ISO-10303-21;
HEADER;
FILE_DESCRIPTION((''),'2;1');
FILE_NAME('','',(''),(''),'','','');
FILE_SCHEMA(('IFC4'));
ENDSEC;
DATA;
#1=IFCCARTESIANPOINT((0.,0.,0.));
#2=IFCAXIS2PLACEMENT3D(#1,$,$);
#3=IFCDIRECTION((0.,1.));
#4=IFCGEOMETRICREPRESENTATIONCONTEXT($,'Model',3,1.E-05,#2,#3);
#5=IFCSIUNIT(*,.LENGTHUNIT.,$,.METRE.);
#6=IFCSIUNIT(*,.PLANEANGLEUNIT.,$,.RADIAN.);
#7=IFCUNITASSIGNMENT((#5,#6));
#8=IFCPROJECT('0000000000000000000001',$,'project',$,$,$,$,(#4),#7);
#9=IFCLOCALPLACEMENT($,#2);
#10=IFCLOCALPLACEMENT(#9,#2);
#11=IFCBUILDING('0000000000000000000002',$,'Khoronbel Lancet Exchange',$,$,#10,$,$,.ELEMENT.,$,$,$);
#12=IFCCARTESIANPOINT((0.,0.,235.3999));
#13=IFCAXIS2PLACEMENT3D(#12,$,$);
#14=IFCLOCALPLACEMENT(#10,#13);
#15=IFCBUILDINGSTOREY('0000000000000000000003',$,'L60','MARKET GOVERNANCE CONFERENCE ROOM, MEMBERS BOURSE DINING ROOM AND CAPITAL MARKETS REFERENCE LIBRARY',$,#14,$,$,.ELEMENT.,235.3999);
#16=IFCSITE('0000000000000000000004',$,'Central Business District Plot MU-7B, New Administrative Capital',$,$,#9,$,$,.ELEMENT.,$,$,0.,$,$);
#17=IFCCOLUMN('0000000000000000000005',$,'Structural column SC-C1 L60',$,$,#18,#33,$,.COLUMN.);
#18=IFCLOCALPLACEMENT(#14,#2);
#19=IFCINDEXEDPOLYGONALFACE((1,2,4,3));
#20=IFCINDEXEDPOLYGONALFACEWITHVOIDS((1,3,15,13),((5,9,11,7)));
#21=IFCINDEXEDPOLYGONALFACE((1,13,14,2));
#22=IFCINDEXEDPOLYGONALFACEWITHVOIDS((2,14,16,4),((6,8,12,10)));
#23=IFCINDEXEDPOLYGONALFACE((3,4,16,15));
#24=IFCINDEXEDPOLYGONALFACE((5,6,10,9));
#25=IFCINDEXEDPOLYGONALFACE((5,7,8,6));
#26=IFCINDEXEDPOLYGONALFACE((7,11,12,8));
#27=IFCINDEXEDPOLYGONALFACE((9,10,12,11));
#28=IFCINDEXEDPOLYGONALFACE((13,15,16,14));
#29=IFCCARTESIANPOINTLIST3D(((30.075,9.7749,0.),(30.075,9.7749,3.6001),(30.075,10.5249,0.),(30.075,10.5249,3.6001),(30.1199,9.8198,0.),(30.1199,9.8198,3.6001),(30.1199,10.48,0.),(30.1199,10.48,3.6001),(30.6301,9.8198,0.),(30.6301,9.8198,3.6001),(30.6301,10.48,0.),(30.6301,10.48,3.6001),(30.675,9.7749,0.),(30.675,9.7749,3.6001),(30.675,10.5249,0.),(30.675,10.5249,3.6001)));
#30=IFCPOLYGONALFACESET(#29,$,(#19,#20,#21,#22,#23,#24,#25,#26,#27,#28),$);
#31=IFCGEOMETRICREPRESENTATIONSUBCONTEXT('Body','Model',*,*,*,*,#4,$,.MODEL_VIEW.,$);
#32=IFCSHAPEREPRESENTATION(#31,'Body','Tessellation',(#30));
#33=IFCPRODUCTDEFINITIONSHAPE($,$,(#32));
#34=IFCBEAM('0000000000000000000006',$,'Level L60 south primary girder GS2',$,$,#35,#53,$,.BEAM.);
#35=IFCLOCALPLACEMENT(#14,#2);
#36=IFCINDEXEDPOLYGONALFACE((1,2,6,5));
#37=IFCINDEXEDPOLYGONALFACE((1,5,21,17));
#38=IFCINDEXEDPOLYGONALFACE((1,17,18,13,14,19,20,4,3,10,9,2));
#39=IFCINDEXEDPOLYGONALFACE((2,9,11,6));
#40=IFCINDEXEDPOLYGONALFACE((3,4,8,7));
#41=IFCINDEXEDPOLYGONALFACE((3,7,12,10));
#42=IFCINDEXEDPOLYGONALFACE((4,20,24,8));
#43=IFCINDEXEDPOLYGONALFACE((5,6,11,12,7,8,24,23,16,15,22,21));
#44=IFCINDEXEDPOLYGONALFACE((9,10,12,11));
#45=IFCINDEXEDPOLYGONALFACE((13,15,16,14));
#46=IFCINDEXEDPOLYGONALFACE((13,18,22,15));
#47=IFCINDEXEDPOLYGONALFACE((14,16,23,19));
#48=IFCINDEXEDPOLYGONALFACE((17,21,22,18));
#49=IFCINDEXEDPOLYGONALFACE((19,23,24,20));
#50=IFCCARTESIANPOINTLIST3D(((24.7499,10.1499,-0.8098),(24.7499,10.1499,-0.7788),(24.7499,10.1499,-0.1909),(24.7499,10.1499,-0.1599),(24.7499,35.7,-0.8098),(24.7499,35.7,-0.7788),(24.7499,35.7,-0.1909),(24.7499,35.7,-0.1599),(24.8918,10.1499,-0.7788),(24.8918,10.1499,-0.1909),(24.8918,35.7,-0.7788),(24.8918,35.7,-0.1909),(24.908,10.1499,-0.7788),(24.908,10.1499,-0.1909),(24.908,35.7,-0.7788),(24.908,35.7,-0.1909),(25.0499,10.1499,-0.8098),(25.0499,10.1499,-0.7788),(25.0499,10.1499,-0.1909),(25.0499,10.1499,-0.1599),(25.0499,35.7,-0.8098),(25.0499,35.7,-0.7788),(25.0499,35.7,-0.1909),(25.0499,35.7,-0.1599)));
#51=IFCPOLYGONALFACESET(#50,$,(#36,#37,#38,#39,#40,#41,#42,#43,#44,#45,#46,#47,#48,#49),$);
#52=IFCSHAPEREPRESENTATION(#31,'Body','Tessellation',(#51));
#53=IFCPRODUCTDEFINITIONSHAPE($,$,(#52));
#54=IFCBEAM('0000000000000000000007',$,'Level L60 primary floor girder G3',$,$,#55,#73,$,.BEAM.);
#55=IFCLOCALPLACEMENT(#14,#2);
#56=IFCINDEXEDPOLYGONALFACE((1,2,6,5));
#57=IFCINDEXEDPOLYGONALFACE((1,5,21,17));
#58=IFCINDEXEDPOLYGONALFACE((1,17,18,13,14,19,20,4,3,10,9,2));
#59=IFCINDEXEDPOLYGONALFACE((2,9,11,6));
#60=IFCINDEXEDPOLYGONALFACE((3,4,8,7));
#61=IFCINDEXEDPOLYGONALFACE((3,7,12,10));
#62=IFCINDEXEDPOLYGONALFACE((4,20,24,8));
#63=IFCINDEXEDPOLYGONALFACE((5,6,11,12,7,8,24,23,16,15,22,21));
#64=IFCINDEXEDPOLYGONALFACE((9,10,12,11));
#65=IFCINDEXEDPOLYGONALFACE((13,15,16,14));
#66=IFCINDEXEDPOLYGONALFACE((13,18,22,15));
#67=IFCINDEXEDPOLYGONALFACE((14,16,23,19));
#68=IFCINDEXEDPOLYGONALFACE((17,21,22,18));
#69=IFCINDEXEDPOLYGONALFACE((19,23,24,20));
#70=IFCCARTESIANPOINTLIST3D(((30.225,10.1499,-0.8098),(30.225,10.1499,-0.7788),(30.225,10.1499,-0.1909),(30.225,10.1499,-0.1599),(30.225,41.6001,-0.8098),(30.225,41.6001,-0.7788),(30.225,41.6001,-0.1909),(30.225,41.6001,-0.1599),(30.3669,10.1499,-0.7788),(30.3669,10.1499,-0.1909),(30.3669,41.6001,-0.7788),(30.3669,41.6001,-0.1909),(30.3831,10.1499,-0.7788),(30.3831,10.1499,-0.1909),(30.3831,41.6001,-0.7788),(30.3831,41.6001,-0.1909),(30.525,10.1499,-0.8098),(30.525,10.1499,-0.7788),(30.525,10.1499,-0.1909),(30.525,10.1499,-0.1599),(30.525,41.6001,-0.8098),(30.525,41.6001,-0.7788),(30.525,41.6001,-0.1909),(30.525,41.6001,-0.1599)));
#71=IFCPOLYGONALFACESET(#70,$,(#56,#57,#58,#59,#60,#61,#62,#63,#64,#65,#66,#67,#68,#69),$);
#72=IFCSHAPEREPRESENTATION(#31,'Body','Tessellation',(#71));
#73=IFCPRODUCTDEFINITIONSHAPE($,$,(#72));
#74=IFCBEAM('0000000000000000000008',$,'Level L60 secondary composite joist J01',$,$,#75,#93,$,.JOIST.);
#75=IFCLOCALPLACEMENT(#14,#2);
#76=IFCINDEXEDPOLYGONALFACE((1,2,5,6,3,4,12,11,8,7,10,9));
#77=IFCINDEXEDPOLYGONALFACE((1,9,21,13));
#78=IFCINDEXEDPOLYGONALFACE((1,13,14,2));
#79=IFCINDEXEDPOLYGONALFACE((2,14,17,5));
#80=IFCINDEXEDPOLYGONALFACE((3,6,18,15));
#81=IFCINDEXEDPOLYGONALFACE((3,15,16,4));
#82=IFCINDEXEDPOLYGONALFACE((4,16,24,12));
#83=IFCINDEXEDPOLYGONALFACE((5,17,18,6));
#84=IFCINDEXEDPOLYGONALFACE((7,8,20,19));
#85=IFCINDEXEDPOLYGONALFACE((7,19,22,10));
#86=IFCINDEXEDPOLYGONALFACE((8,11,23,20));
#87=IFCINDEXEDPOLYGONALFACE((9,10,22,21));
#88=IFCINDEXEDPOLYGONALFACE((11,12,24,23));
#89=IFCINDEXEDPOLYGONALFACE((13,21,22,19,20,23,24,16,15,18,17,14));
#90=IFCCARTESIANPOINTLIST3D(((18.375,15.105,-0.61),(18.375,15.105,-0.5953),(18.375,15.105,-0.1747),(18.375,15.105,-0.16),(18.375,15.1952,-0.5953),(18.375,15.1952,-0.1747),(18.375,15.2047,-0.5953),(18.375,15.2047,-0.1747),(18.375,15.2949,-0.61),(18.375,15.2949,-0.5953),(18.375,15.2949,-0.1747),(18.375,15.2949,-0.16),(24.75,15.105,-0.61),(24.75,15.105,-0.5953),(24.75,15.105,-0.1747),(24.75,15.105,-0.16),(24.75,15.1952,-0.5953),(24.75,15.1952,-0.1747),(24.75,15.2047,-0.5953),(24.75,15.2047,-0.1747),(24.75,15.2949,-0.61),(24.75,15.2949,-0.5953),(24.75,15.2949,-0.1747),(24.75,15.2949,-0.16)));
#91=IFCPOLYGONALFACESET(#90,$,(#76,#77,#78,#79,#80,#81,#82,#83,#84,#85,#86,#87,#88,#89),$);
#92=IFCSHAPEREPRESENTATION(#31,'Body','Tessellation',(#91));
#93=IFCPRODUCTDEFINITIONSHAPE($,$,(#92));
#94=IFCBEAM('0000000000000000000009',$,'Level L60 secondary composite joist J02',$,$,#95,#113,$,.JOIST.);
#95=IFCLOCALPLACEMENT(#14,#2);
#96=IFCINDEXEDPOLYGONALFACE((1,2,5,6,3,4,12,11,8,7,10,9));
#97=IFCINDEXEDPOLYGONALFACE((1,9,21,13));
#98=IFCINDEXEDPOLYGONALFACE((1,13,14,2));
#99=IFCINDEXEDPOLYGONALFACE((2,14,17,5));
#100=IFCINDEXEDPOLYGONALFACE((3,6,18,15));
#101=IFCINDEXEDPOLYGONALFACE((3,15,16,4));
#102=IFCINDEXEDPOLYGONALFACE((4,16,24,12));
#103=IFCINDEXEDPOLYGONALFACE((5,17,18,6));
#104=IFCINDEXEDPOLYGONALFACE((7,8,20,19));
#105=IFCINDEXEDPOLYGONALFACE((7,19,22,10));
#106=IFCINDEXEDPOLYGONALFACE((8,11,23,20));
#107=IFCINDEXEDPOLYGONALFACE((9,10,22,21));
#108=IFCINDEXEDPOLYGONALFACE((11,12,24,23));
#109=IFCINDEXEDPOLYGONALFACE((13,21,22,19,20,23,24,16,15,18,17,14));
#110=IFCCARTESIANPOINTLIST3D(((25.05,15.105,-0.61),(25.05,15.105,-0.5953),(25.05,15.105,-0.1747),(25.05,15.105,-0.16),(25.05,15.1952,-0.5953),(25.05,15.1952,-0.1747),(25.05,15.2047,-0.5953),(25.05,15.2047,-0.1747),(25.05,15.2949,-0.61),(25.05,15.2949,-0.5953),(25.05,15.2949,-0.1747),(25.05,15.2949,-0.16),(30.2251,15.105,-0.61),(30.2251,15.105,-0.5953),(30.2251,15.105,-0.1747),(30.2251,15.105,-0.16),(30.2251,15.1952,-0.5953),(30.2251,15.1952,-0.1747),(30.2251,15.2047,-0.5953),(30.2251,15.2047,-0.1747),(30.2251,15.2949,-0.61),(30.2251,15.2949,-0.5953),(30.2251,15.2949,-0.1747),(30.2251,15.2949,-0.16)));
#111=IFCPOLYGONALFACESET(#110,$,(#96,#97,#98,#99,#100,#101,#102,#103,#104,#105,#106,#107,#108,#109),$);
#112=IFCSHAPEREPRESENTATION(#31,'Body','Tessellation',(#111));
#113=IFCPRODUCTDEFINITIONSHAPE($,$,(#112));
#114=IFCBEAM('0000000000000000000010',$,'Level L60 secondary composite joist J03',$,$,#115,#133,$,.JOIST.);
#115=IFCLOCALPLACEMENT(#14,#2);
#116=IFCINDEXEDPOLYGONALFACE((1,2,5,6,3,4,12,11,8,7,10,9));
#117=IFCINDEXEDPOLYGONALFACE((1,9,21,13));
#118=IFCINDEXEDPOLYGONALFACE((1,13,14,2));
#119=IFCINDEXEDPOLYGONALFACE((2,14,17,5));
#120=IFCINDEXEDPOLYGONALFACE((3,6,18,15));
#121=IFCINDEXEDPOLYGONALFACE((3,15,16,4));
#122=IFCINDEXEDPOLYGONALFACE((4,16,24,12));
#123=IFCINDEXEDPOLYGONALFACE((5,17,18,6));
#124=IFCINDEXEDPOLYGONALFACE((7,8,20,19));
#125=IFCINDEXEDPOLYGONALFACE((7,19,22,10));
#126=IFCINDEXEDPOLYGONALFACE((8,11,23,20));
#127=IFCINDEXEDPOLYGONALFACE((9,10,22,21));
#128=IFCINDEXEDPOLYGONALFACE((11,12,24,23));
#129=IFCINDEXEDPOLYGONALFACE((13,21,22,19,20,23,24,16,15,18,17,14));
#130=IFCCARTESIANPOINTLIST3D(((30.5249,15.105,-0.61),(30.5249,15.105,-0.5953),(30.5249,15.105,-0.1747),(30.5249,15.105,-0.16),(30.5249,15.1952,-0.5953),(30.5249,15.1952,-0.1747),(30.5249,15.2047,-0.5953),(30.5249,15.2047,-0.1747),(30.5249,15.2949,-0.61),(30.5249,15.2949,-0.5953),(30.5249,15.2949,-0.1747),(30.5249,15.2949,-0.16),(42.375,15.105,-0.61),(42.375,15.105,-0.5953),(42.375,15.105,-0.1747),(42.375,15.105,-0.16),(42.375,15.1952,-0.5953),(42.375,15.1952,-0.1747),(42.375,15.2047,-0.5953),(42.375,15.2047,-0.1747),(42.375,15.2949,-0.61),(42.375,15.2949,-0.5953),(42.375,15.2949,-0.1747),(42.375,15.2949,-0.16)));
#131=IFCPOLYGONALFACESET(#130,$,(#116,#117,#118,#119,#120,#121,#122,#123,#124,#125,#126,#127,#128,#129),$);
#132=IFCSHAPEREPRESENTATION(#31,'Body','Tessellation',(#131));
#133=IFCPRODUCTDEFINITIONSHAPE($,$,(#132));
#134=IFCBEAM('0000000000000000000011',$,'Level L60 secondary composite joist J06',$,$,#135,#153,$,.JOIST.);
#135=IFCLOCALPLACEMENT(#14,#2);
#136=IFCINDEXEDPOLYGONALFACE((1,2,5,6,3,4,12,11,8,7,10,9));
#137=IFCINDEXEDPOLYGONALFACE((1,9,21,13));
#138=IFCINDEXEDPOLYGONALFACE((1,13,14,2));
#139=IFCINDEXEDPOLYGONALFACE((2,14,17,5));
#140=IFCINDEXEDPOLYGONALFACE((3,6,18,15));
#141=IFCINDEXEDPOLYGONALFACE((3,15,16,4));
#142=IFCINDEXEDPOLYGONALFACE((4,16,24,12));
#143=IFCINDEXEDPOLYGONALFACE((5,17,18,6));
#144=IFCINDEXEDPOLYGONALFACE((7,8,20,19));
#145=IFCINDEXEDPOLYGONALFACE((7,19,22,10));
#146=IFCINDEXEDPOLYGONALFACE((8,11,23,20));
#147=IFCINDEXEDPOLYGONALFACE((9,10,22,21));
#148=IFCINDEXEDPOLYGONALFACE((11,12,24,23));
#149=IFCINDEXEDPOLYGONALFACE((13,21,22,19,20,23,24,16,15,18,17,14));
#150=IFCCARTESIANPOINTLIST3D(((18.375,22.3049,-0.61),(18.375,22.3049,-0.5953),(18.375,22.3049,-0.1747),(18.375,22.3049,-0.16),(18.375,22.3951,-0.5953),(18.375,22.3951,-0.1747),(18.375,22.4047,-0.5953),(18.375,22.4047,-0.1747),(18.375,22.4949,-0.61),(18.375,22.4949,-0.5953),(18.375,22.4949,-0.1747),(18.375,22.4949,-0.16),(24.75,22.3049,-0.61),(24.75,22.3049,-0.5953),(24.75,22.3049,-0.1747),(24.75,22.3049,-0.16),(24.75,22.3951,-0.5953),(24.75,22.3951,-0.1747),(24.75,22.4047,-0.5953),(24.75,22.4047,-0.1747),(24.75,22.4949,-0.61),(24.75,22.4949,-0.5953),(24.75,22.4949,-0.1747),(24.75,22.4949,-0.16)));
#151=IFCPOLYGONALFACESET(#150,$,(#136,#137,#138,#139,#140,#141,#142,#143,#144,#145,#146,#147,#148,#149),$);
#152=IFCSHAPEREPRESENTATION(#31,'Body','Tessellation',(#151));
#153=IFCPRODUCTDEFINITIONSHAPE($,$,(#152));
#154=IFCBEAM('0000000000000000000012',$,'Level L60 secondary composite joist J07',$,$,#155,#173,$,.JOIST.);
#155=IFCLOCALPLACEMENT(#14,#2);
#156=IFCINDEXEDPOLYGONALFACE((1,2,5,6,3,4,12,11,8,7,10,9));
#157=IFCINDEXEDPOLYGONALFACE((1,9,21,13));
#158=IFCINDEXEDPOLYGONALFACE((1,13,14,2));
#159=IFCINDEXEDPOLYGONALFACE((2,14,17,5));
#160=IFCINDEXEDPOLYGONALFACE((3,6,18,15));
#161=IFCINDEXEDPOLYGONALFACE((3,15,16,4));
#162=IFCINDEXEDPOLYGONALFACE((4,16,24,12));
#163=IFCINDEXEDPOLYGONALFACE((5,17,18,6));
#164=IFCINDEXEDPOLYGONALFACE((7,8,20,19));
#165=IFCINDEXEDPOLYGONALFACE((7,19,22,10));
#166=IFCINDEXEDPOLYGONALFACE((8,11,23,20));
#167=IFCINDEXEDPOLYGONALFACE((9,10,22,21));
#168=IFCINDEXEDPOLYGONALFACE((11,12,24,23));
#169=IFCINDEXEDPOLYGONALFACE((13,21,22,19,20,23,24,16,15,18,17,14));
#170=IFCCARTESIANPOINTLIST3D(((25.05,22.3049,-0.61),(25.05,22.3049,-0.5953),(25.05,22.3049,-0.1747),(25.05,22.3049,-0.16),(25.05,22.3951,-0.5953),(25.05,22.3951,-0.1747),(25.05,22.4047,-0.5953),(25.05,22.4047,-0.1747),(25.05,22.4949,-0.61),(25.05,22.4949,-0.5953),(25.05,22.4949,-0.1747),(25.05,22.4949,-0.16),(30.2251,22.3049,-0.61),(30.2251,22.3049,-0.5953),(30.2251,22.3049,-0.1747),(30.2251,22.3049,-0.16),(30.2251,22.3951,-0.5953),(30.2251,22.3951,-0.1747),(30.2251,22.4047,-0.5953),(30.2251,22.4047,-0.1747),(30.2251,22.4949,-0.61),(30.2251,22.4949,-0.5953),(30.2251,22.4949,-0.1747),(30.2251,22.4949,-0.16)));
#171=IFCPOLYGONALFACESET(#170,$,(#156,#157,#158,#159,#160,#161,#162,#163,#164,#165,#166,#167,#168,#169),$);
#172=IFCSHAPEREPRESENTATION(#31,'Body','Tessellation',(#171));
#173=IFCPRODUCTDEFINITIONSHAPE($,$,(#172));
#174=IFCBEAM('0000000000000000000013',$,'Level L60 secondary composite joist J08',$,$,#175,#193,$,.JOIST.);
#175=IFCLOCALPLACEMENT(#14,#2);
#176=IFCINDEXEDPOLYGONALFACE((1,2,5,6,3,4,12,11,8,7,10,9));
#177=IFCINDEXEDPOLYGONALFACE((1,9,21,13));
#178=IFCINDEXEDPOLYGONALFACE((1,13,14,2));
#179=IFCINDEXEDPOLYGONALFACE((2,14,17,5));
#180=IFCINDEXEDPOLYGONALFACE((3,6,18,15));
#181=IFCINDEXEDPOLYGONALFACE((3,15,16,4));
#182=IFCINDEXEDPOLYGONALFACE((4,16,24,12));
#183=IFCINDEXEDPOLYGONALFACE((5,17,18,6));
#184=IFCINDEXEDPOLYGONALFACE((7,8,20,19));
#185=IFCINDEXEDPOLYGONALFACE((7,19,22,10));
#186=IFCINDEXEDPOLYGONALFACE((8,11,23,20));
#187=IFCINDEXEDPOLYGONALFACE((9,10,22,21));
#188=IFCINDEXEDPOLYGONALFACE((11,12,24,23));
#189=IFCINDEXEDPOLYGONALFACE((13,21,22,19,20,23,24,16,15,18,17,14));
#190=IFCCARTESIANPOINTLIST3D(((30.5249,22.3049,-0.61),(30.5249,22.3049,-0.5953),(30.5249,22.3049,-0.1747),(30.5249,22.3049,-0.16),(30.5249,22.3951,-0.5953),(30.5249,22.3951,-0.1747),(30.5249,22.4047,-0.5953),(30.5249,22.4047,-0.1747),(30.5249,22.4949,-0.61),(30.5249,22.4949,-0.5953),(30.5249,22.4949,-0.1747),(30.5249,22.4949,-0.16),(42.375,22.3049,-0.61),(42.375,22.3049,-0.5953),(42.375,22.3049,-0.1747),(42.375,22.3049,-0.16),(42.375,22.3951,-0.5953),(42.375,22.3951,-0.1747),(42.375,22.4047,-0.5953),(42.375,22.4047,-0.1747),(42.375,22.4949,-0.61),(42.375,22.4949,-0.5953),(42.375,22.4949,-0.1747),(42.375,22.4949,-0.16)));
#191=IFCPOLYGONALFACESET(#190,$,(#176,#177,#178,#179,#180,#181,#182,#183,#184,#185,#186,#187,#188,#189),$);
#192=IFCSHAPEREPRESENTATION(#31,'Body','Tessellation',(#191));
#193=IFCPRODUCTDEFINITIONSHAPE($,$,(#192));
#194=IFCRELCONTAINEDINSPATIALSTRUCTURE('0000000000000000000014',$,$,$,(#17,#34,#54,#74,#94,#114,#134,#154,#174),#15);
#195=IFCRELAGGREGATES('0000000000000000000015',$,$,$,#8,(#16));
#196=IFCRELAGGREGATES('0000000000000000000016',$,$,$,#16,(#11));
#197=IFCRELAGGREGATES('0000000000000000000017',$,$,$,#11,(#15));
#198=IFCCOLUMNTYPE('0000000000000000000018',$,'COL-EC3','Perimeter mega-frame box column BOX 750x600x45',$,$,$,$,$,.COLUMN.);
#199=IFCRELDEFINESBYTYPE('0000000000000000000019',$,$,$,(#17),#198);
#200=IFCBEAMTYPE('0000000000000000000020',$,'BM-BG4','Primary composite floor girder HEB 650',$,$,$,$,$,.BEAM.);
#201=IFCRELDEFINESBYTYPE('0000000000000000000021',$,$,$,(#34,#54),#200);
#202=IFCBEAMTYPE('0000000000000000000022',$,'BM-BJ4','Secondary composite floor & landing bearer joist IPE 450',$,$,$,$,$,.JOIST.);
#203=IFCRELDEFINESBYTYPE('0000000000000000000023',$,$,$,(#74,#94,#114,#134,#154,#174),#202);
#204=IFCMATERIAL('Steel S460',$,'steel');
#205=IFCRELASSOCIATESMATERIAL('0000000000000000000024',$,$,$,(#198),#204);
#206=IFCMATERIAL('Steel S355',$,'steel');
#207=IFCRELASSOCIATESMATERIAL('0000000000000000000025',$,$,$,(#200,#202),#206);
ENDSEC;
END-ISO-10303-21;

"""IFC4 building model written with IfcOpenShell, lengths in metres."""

from ifc_helpers import new_model, si_unit, direction, frame, origin, origin_2d, place, context, subcontext, project, spatial, hollow_rectangle, i_section, extrude, material, material_profile, profile_set, type_object, element, save


model = new_model("IFC4")

# Units and contexts
model_context = context("Model", 3, precision=1e-05, world=origin(), true_north=direction((0.0, 1.0)))
body_context = subcontext(model_context, "Body", "Model", "MODEL_VIEW")
ifc_project = project(units=[si_unit("LENGTHUNIT", "METRE"), si_unit("PLANEANGLEUNIT", "RADIAN")], contexts=[model_context])

# Site, building, storey
site_placement = place(None, origin())
site = spatial("IfcSite", under=ifc_project, at=site_placement, Name="Central Business District Plot MU-7B, New Administrative Capital", CompositionType="ELEMENT", RefElevation=0.0)
building_placement = place(site_placement, origin())
building = spatial("IfcBuilding", under=site, at=building_placement, Name="Khoronbel Lancet Exchange", CompositionType="ELEMENT")
storey_placement = place(building_placement, frame((0.0, 0.0, 235.3999)))
storey = spatial("IfcBuildingStorey", under=building, at=storey_placement, Name="L60", Description="MARKET GOVERNANCE CONFERENCE ROOM, MEMBERS BOURSE DINING ROOM AND CAPITAL MARKETS REFERENCE LIBRARY", CompositionType="ELEMENT", Elevation=235.3999)

# Column
ifc_material_1 = material(Name="Steel S460", Category="steel")
ifc_material_profile_1 = material_profile(ifc_material_1, hollow_rectangle(XDim=0.6001, YDim=0.75, WallThickness=0.0449, at=origin_2d()), Name="BOX 750x600x45")
ifc_profile_set_1 = profile_set([ifc_material_profile_1], Name="Steel S460")
column_type = type_object("IfcColumnType", Name="COL-EC3", Description="Perimeter mega-frame box column BOX 750x600x45", PredefinedType="COLUMN", material=ifc_profile_set_1)
column_placement = place(storey_placement, frame((30.375, 10.1499, 0.0), z_axis=(0.0, 0.0, 1.0), x_axis=(1.0, 0.0, 0.0)))
element("IfcColumn", 1, at=column_placement, inside=storey, type_object=column_type, Name="Structural column SC-C1 L60", PredefinedType="COLUMN", context=body_context, shape_type="SweptSolid", body=[
    extrude(hollow_rectangle(XDim=0.6001, YDim=0.75, WallThickness=0.0449, at=origin_2d()), origin(), (0.0, 0.0, 1.0), 3.6001),
])

# Beams
ifc_material_2 = material(Name="Steel S355", Category="steel")
ifc_material_profile_2 = material_profile(ifc_material_2, i_section(OverallWidth=0.3, OverallDepth=0.6499, WebThickness=0.0161, FlangeThickness=0.031, at=origin_2d()), Name="HEB 650")
ifc_profile_set_2 = profile_set([ifc_material_profile_2], Name="Steel S355")
beam_type_1 = type_object("IfcBeamType", Name="BM-BG4", Description="Primary composite floor girder HEB 650", PredefinedType="BEAM", material=ifc_profile_set_2)
beam_1_placement = place(storey_placement, frame((24.8999, 10.1499, -0.4849), z_axis=(0.0, 1.0, 0.0), x_axis=(-1.0, 0.0, 0.0)))
element("IfcBeam", 2, at=beam_1_placement, inside=storey, type_object=beam_type_1, Name="Level L60 south primary girder GS2", PredefinedType="BEAM", context=body_context, shape_type="SweptSolid", body=[
    extrude(i_section(OverallWidth=0.3, OverallDepth=0.6499, WebThickness=0.0161, FlangeThickness=0.031, at=origin_2d()), origin(), (0.0, 0.0, 1.0), 25.55),
])
beam_2_placement = place(storey_placement, frame((30.375, 10.1499, -0.4849), z_axis=(0.0, 1.0, 0.0), x_axis=(-1.0, 0.0, 0.0)))
element("IfcBeam", 3, at=beam_2_placement, inside=storey, type_object=beam_type_1, Name="Level L60 primary floor girder G3", PredefinedType="BEAM", context=body_context, shape_type="SweptSolid", body=[
    extrude(i_section(OverallWidth=0.3, OverallDepth=0.6499, WebThickness=0.0161, FlangeThickness=0.031, at=origin_2d()), origin(), (0.0, 0.0, 1.0), 31.4502),
])
ifc_material_profile_3 = material_profile(ifc_material_2, i_section(OverallWidth=0.1899, OverallDepth=0.45, WebThickness=0.0095, FlangeThickness=0.0146, at=origin_2d()), Name="IPE 450")
ifc_profile_set_3 = profile_set([ifc_material_profile_3], Name="Steel S355")
beam_type_2 = type_object("IfcBeamType", Name="BM-BJ4", Description="Secondary composite floor & landing bearer joist IPE 450", PredefinedType="JOIST", material=ifc_profile_set_3)
beam_3_placement = place(storey_placement, frame((18.375, 15.2, -0.385), z_axis=(1.0, 0.0, 0.0), x_axis=(0.0, 1.0, 0.0)))
element("IfcBeam", 4, at=beam_3_placement, inside=storey, type_object=beam_type_2, Name="Level L60 secondary composite joist J01", PredefinedType="JOIST", context=body_context, shape_type="SweptSolid", body=[
    extrude(i_section(OverallWidth=0.1899, OverallDepth=0.45, WebThickness=0.0095, FlangeThickness=0.0146, at=origin_2d()), origin(), (0.0, 0.0, 1.0), 6.375),
])
beam_4_placement = place(storey_placement, frame((25.05, 15.2, -0.385), z_axis=(1.0, 0.0, 0.0), x_axis=(0.0, 1.0, 0.0)))
element("IfcBeam", 5, at=beam_4_placement, inside=storey, type_object=beam_type_2, Name="Level L60 secondary composite joist J02", PredefinedType="JOIST", context=body_context, shape_type="SweptSolid", body=[
    extrude(i_section(OverallWidth=0.1899, OverallDepth=0.45, WebThickness=0.0095, FlangeThickness=0.0146, at=origin_2d()), origin(), (0.0, 0.0, 1.0), 5.175),
])
beam_5_placement = place(storey_placement, frame((30.5249, 15.2, -0.385), z_axis=(1.0, 0.0, 0.0), x_axis=(0.0, 1.0, 0.0)))
element("IfcBeam", 6, at=beam_5_placement, inside=storey, type_object=beam_type_2, Name="Level L60 secondary composite joist J03", PredefinedType="JOIST", context=body_context, shape_type="SweptSolid", body=[
    extrude(i_section(OverallWidth=0.1899, OverallDepth=0.45, WebThickness=0.0095, FlangeThickness=0.0146, at=origin_2d()), origin(), (0.0, 0.0, 1.0), 11.8501),
])
beam_6_placement = place(storey_placement, frame((18.375, 22.3999, -0.385), z_axis=(1.0, 0.0, 0.0), x_axis=(0.0, 1.0, 0.0)))
element("IfcBeam", 7, at=beam_6_placement, inside=storey, type_object=beam_type_2, Name="Level L60 secondary composite joist J06", PredefinedType="JOIST", context=body_context, shape_type="SweptSolid", body=[
    extrude(i_section(OverallWidth=0.1899, OverallDepth=0.45, WebThickness=0.0095, FlangeThickness=0.0146, at=origin_2d()), origin(), (0.0, 0.0, 1.0), 6.375),
])
beam_7_placement = place(storey_placement, frame((25.05, 22.3999, -0.385), z_axis=(1.0, 0.0, 0.0), x_axis=(0.0, 1.0, 0.0)))
element("IfcBeam", 8, at=beam_7_placement, inside=storey, type_object=beam_type_2, Name="Level L60 secondary composite joist J07", PredefinedType="JOIST", context=body_context, shape_type="SweptSolid", body=[
    extrude(i_section(OverallWidth=0.1899, OverallDepth=0.45, WebThickness=0.0095, FlangeThickness=0.0146, at=origin_2d()), origin(), (0.0, 0.0, 1.0), 5.175),
])
beam_8_placement = place(storey_placement, frame((30.5249, 22.3999, -0.385), z_axis=(1.0, 0.0, 0.0), x_axis=(0.0, 1.0, 0.0)))
element("IfcBeam", 9, at=beam_8_placement, inside=storey, type_object=beam_type_2, Name="Level L60 secondary composite joist J08", PredefinedType="JOIST", context=body_context, shape_type="SweptSolid", body=[
    extrude(i_section(OverallWidth=0.1899, OverallDepth=0.45, WebThickness=0.0095, FlangeThickness=0.0146, at=origin_2d()), origin(), (0.0, 0.0, 1.0), 11.8501),
])

save(model, "model.ifc")
